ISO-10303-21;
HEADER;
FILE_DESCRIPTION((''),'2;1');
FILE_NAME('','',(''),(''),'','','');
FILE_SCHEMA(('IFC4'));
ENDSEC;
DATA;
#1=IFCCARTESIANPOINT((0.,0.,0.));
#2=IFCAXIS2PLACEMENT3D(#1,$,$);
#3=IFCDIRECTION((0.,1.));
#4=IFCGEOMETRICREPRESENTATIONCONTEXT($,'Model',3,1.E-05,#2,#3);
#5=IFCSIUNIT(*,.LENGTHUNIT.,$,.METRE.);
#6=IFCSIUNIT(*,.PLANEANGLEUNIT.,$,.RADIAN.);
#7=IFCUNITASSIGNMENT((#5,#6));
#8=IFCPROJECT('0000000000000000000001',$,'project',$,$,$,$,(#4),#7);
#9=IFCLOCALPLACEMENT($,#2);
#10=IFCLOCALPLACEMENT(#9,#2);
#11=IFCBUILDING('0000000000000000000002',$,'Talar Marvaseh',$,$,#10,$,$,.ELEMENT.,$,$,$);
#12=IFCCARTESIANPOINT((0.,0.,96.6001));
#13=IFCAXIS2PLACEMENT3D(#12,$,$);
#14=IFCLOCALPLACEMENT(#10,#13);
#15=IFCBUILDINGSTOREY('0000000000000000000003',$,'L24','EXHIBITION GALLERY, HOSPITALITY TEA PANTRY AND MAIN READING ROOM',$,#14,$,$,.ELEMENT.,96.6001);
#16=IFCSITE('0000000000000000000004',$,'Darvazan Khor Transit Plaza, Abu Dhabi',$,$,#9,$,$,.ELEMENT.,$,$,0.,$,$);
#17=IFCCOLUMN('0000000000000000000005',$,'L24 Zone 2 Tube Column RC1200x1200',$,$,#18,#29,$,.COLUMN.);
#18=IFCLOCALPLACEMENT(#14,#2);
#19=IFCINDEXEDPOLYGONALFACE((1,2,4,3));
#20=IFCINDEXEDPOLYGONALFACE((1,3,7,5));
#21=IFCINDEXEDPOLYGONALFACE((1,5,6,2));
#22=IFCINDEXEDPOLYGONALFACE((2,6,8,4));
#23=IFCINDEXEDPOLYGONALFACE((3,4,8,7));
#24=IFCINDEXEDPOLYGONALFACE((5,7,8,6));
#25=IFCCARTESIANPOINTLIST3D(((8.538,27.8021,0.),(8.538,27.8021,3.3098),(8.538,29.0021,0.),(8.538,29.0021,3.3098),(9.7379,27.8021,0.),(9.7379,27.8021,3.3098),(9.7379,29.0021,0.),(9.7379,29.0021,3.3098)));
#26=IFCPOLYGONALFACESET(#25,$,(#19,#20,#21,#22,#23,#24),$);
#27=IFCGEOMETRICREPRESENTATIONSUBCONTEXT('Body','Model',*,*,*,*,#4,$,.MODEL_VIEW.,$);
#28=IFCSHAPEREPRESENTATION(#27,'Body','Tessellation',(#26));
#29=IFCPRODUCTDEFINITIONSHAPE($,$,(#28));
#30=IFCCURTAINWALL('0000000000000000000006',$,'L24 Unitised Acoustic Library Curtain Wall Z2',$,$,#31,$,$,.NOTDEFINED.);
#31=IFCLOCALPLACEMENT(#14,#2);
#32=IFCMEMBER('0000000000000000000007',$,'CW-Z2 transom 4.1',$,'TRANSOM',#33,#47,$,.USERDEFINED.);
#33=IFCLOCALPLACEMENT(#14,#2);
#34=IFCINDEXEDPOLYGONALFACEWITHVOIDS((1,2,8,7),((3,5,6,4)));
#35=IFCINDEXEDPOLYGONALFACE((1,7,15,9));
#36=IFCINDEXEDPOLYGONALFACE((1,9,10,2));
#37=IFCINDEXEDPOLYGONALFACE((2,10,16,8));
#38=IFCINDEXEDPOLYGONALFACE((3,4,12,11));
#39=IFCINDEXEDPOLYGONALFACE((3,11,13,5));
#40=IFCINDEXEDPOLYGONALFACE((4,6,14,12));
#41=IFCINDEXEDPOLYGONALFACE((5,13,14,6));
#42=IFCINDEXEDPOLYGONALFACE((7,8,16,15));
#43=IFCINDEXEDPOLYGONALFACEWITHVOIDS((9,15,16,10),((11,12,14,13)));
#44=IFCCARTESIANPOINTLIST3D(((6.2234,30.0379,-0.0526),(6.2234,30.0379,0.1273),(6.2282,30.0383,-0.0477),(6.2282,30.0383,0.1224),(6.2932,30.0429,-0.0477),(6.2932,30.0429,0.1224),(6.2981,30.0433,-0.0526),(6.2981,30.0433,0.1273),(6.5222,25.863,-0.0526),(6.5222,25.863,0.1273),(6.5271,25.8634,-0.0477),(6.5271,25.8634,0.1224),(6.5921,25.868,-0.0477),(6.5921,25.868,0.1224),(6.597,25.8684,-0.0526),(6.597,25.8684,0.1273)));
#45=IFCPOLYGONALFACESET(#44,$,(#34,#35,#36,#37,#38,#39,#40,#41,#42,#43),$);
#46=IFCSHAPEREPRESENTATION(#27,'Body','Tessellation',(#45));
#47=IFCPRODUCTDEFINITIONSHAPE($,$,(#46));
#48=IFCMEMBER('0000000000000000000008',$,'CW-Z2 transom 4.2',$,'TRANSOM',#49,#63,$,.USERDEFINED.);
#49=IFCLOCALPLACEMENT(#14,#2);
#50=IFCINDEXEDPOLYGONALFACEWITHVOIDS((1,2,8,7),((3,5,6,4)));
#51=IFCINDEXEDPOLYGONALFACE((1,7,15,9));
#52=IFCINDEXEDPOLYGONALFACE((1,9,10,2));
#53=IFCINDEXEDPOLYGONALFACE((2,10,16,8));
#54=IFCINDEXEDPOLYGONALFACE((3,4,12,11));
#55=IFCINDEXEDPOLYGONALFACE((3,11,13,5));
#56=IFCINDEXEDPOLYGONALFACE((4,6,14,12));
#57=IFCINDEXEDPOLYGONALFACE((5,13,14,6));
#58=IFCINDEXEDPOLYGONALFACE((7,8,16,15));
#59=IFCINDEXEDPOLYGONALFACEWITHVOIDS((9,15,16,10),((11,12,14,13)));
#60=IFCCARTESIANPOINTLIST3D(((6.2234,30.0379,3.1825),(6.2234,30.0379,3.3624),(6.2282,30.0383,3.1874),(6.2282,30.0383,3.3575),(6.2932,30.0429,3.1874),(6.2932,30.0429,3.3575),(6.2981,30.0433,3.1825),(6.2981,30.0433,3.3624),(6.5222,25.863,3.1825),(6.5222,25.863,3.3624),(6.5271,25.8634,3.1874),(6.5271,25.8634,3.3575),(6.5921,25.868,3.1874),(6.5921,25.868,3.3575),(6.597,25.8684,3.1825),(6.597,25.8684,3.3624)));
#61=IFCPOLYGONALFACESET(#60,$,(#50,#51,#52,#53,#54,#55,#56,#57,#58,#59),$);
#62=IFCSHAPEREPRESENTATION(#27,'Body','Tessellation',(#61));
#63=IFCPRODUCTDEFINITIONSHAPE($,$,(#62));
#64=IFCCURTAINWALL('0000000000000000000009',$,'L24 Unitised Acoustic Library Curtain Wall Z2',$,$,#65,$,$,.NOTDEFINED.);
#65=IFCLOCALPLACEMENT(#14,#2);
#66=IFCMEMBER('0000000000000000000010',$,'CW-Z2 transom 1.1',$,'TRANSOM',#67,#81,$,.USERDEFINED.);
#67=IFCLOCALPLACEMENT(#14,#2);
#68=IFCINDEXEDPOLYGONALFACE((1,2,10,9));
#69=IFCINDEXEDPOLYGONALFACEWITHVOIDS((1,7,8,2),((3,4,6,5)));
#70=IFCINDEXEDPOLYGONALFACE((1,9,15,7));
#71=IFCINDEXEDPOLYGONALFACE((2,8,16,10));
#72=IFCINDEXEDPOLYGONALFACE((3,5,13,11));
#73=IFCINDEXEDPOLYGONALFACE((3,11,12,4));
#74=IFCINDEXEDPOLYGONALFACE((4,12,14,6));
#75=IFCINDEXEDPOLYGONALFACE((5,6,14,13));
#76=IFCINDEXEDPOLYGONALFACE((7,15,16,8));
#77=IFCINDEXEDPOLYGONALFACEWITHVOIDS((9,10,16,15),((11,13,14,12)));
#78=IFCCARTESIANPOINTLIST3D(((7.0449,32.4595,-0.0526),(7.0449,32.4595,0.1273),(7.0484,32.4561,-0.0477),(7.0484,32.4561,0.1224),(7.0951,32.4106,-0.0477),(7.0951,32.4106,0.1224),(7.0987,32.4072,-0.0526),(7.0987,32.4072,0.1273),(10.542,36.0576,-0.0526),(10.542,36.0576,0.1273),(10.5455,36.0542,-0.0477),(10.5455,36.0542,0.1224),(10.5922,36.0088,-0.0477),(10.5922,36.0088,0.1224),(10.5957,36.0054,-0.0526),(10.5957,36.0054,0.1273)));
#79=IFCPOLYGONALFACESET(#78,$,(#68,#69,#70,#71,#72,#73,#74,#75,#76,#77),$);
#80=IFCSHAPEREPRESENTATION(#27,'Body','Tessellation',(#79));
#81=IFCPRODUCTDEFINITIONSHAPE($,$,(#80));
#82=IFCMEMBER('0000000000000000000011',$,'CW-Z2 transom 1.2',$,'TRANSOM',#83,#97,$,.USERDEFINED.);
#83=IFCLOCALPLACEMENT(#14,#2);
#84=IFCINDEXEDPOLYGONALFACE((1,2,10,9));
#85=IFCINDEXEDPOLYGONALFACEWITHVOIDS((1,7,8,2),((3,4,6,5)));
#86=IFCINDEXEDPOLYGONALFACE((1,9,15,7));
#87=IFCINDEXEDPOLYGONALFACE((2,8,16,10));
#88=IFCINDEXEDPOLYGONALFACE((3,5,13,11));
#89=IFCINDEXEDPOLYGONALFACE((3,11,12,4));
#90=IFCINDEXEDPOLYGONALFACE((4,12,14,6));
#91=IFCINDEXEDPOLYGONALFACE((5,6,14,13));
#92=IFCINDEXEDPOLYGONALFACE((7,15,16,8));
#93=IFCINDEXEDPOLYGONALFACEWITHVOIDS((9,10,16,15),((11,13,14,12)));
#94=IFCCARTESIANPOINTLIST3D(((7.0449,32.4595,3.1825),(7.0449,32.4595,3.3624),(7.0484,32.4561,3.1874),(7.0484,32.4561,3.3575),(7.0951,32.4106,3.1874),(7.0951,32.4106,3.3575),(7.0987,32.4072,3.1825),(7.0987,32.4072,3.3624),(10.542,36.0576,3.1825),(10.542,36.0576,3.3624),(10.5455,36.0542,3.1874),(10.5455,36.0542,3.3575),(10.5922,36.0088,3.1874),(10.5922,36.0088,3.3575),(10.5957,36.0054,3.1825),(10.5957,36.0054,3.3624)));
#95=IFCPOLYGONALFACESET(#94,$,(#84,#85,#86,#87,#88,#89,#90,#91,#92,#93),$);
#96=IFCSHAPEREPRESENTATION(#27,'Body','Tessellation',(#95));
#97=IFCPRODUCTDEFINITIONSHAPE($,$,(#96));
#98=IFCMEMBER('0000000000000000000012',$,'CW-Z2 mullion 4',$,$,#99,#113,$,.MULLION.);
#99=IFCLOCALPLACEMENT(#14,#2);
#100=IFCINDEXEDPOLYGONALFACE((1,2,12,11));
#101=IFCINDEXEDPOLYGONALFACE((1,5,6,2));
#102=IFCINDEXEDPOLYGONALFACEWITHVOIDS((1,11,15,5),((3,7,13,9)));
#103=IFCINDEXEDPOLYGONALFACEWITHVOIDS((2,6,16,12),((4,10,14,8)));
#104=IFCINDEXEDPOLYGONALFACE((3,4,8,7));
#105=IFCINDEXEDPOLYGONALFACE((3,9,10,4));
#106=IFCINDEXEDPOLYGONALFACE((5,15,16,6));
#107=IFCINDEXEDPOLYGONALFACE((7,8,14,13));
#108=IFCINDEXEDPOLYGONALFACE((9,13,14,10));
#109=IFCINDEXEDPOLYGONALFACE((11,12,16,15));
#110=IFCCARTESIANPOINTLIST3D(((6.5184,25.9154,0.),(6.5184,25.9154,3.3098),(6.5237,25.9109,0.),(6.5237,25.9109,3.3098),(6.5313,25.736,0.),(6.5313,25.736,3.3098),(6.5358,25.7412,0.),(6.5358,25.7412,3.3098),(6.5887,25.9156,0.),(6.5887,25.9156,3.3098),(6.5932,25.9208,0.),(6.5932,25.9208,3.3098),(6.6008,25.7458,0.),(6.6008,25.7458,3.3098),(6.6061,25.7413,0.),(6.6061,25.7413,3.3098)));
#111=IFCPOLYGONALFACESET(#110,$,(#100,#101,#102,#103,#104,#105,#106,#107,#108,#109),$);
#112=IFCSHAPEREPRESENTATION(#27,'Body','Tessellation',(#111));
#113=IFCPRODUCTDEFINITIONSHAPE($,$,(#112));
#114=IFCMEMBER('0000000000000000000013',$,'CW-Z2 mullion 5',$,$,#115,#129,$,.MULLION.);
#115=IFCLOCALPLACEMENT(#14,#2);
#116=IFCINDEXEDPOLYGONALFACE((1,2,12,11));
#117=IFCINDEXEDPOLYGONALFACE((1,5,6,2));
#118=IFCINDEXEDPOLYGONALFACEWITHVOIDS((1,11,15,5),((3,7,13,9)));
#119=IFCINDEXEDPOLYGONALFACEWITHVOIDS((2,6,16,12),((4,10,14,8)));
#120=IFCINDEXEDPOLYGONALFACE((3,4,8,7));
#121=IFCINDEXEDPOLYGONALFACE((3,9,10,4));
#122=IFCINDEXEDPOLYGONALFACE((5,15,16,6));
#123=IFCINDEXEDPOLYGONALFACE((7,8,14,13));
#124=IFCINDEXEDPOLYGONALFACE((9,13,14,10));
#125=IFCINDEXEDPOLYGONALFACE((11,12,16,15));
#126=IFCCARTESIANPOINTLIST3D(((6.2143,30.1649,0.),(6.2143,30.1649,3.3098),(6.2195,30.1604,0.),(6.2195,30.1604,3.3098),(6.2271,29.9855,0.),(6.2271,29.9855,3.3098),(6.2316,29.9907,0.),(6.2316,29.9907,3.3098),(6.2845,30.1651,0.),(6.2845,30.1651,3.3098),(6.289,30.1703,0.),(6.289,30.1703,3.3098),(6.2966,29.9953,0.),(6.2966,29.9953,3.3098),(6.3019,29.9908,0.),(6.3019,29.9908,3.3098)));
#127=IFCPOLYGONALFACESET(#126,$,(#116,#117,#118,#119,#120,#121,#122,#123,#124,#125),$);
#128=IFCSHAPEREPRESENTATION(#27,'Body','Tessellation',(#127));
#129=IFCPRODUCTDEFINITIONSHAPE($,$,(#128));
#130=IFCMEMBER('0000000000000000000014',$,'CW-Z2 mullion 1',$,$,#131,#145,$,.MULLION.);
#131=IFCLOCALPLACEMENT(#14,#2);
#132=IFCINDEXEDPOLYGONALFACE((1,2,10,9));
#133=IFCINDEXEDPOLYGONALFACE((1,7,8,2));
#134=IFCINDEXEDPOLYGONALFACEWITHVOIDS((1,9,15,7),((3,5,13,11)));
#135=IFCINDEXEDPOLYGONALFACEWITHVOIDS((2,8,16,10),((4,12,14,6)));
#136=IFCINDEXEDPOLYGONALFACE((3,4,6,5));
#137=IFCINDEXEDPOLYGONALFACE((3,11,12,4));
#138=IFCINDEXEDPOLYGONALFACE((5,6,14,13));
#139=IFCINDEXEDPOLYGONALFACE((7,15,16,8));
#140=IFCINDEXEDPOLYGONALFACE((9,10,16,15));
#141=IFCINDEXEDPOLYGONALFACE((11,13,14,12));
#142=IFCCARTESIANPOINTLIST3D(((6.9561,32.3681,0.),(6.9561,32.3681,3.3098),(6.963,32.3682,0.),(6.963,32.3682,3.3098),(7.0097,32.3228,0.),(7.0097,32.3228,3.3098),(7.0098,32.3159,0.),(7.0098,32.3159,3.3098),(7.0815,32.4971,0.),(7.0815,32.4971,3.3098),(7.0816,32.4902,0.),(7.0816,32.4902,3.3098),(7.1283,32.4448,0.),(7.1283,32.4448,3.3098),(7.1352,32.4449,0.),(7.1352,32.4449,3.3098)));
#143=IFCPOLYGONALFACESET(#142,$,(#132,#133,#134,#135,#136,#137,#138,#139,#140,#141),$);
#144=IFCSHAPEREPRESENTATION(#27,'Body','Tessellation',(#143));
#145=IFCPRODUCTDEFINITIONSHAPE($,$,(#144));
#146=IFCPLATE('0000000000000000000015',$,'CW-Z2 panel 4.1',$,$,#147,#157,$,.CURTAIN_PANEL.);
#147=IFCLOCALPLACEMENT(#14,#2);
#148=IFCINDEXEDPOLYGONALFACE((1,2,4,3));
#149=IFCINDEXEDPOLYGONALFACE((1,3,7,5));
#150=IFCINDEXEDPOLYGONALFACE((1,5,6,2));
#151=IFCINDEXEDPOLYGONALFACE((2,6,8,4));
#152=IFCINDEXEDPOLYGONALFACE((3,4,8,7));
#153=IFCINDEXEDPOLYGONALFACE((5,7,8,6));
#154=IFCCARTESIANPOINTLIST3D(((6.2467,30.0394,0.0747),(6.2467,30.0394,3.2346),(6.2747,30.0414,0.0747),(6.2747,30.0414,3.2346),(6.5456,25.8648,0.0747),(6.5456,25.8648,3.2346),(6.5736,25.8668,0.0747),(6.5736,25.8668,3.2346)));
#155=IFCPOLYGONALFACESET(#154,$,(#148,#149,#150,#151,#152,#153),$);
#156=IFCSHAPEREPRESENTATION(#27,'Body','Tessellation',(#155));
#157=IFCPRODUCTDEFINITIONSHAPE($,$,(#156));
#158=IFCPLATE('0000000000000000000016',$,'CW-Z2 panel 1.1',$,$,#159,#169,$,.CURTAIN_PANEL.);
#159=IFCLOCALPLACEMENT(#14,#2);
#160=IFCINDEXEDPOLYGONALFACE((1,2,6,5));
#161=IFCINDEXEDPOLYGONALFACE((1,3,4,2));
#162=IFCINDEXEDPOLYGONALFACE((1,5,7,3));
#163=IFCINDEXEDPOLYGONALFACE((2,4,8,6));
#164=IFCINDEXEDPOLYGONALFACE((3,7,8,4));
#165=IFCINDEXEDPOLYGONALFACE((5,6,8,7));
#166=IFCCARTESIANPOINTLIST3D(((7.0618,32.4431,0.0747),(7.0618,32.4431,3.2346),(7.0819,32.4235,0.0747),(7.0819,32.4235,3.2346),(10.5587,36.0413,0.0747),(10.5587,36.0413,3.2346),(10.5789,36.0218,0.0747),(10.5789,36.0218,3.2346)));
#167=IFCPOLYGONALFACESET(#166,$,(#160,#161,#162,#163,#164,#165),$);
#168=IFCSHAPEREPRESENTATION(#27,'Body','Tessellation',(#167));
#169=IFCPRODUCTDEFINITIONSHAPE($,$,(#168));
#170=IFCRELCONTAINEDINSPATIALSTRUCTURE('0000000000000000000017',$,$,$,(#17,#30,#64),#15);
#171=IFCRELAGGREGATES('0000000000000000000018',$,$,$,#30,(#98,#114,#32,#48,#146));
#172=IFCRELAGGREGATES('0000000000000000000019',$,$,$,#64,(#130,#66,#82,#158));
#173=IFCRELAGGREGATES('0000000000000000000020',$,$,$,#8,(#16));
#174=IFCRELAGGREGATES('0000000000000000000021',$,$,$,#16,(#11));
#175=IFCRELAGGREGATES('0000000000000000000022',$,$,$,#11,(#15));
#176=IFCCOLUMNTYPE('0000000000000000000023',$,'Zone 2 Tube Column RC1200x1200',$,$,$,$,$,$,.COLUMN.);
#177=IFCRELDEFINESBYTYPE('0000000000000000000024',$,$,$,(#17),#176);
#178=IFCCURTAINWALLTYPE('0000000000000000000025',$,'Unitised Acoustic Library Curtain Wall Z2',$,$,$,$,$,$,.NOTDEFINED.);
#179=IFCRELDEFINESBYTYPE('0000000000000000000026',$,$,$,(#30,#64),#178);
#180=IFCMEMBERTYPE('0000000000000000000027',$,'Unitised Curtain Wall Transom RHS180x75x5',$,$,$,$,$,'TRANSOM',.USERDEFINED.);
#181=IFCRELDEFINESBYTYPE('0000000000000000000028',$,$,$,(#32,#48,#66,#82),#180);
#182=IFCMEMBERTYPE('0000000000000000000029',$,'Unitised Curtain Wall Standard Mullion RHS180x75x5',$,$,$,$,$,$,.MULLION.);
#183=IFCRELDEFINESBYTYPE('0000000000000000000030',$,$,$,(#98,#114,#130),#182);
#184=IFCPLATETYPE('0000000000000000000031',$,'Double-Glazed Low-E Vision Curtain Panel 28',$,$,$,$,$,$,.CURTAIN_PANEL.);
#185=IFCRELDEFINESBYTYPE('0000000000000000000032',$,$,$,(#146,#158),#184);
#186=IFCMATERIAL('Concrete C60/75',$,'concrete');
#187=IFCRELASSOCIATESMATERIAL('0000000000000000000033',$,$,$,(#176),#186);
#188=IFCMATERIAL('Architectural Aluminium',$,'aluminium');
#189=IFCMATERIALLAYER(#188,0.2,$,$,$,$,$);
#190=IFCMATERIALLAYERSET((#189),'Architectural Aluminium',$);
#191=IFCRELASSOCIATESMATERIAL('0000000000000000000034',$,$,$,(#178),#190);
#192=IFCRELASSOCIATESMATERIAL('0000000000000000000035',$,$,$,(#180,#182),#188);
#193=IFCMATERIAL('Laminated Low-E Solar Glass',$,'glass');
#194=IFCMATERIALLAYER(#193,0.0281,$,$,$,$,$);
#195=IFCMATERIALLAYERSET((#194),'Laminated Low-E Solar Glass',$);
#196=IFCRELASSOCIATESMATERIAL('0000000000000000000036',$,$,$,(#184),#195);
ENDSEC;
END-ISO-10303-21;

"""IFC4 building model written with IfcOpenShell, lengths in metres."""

from ifc_helpers import new_model, si_unit, direction, frame, origin, origin_2d, place, context, subcontext, project, spatial, rectangle, hollow_rectangle, extrude, source, transform, mapped, material, layer, layer_set, material_profile, profile_set, type_object, type_shapes, element, aggregate, save


model = new_model("IFC4")

# Units and contexts
model_context = context("Model", 3, precision=1e-05, world=origin(), true_north=direction((0.0, 1.0)))
body_context = subcontext(model_context, "Body", "Model", "MODEL_VIEW")
ifc_project = project(units=[si_unit("LENGTHUNIT", "METRE"), si_unit("PLANEANGLEUNIT", "RADIAN")], contexts=[model_context])

# Site, building, storey
site_placement = place(None, origin())
site = spatial("IfcSite", under=ifc_project, at=site_placement, Name="Darvazan Khor Transit Plaza, Abu Dhabi", CompositionType="ELEMENT", RefElevation=0.0)
building_placement = place(site_placement, origin())
building = spatial("IfcBuilding", under=site, at=building_placement, Name="Talar Marvaseh", CompositionType="ELEMENT")
storey_placement = place(building_placement, frame((0.0, 0.0, 96.6001)))
storey = spatial("IfcBuildingStorey", under=building, at=storey_placement, Name="L24", Description="EXHIBITION GALLERY, HOSPITALITY TEA PANTRY AND MAIN READING ROOM", CompositionType="ELEMENT", Elevation=96.6001)

# Column
ifc_material_1 = material(Name="Concrete C60/75", Category="concrete")
ifc_material_profile_1 = material_profile(ifc_material_1, rectangle(XDim=1.2, YDim=1.2, at=origin_2d()), Name="RC1200x1200")
ifc_profile_set_1 = profile_set([ifc_material_profile_1], Name="Concrete C60/75")
column_type = type_object("IfcColumnType", Name="Zone 2 Tube Column RC1200x1200", PredefinedType="COLUMN", material=ifc_profile_set_1)
column_placement = place(storey_placement, frame((9.1379, 28.4021, 0.0), z_axis=(0.0, 0.0, 1.0), x_axis=(1.0, 0.0, 0.0)))
element("IfcColumn", 1, at=column_placement, inside=storey, type_object=column_type, Name="L24 Zone 2 Tube Column RC1200x1200", PredefinedType="COLUMN", context=body_context, shape_type="SweptSolid", body=[
    extrude(rectangle(XDim=1.2, YDim=1.2, at=origin_2d()), origin(), (0.0, 0.0, 1.0), 3.3098),
])

# Curtain walls, members
ifc_material_2 = material(Name="Architectural Aluminium", Category="aluminium")
ifc_layer_1 = layer(ifc_material_2, 0.2)
ifc_layer_set_1 = layer_set([ifc_layer_1], Name="Architectural Aluminium")
curtain_wall_type = type_object("IfcCurtainWallType", Name="Unitised Acoustic Library Curtain Wall Z2", PredefinedType="NOTDEFINED", material=ifc_layer_set_1)
curtain_wall_1_placement = place(storey_placement, origin())
curtain_wall_1 = element("IfcCurtainWall", 2, at=curtain_wall_1_placement, inside=storey, type_object=curtain_wall_type, Name="L24 Unitised Acoustic Library Curtain Wall Z2", PredefinedType="NOTDEFINED")
ifc_material_profile_2 = material_profile(ifc_material_2, hollow_rectangle(XDim=0.075, YDim=0.1799, WallThickness=0.0049, at=origin_2d()), Name="RHS180x75x5")
ifc_profile_set_2 = profile_set([ifc_material_profile_2], Name="Architectural Aluminium")
member_type_1 = type_object("IfcMemberType", Name="Unitised Curtain Wall Transom RHS180x75x5", ElementType="TRANSOM", PredefinedType="USERDEFINED", material=ifc_profile_set_2)
shared_shape_1 = source(origin(), body_context, "Body", "SweptSolid", [
    extrude(hollow_rectangle(XDim=0.075, YDim=0.1799, WallThickness=0.0049, at=origin_2d()), origin(), (0.0, 0.0, 1.0), 4.1855),
])
member_1_placement = place(storey_placement, frame((6.5596, 25.8657, 0.0374), z_axis=(-0.071396, 0.997448, 0.0), x_axis=(-0.997448, -0.071396, 0.0)))
member_1 = element("IfcMember", 3, at=member_1_placement, type_object=member_type_1, Name="CW-Z2 transom 4.1", ObjectType="TRANSOM", PredefinedType="USERDEFINED", context=body_context, shape_type="MappedRepresentation", body=[
    mapped(shared_shape_1, transform((0.0, 0.0, 0.0), x_axis=(1.0, 0.0, 0.0), y_axis=(0.0, 1.0, 0.0), z_axis=(0.0, 0.0, 1.0), scale=1.0)),
])
member_2_placement = place(storey_placement, frame((6.5596, 25.8657, 3.2725), z_axis=(-0.071396, 0.997448, 0.0), x_axis=(-0.997448, -0.071396, 0.0)))
member_2 = element("IfcMember", 4, at=member_2_placement, type_object=member_type_1, Name="CW-Z2 transom 4.2", ObjectType="TRANSOM", PredefinedType="USERDEFINED", context=body_context, shape_type="MappedRepresentation", body=[
    mapped(shared_shape_1, transform((0.0, 0.0, 0.0), x_axis=(1.0, 0.0, 0.0), y_axis=(0.0, 1.0, 0.0), z_axis=(0.0, 0.0, 1.0), scale=1.0)),
])
curtain_wall_2_placement = place(storey_placement, origin())
curtain_wall_2 = element("IfcCurtainWall", 5, at=curtain_wall_2_placement, inside=storey, type_object=curtain_wall_type, Name="L24 Unitised Acoustic Library Curtain Wall Z2", PredefinedType="NOTDEFINED")
shared_shape_2 = source(origin(), body_context, "Body", "SweptSolid", [
    extrude(hollow_rectangle(XDim=0.075, YDim=0.1799, WallThickness=0.0049, at=origin_2d()), origin(), (0.0, 0.0, 1.0), 5.0176),
])
type_shapes(member_type_1, [shared_shape_1, shared_shape_2])
member_3_placement = place(storey_placement, frame((7.0718, 32.4333, 0.0374), z_axis=(0.696963, 0.717107, 0.0), x_axis=(-0.717107, 0.696963, 0.0)))
member_3 = element("IfcMember", 6, at=member_3_placement, type_object=member_type_1, Name="CW-Z2 transom 1.1", ObjectType="TRANSOM", PredefinedType="USERDEFINED", context=body_context, shape_type="MappedRepresentation", body=[
    mapped(shared_shape_2, transform((0.0, 0.0, 0.0), x_axis=(1.0, 0.0, 0.0), y_axis=(0.0, 1.0, 0.0), z_axis=(0.0, 0.0, 1.0), scale=1.0)),
])
member_4_placement = place(storey_placement, frame((7.0718, 32.4333, 3.2725), z_axis=(0.696963, 0.717107, 0.0), x_axis=(-0.717107, 0.696963, 0.0)))
member_4 = element("IfcMember", 7, at=member_4_placement, type_object=member_type_1, Name="CW-Z2 transom 1.2", ObjectType="TRANSOM", PredefinedType="USERDEFINED", context=body_context, shape_type="MappedRepresentation", body=[
    mapped(shared_shape_2, transform((0.0, 0.0, 0.0), x_axis=(1.0, 0.0, 0.0), y_axis=(0.0, 1.0, 0.0), z_axis=(0.0, 0.0, 1.0), scale=1.0)),
])

# Members
ifc_material_profile_3 = material_profile(ifc_material_2, hollow_rectangle(XDim=0.075, YDim=0.1799, WallThickness=0.0049, at=origin_2d()), Name="RHS180x75x5")
ifc_profile_set_3 = profile_set([ifc_material_profile_3], Name="Architectural Aluminium")
member_type_2 = type_object("IfcMemberType", Name="Unitised Curtain Wall Standard Mullion RHS180x75x5", PredefinedType="MULLION", material=ifc_profile_set_3)
shared_shape_3 = source(origin(), body_context, "Body", "SweptSolid", [
    extrude(hollow_rectangle(XDim=0.075, YDim=0.1799, WallThickness=0.0049, at=origin_2d()), origin(), (0.0, 0.0, 1.0), 3.3098),
])
type_shapes(member_type_2, [shared_shape_3])
member_5_placement = place(storey_placement, frame((6.5623, 25.8284, 0.0), z_axis=(0.0, 0.0, 1.0), x_axis=(-0.997446, -0.07143, 0.0)))
member_5 = element("IfcMember", 8, at=member_5_placement, type_object=member_type_2, Name="CW-Z2 mullion 4", PredefinedType="MULLION", context=body_context, shape_type="MappedRepresentation", body=[
    mapped(shared_shape_3, transform((0.0, 0.0, 0.0), x_axis=(1.0, 0.0, 0.0), y_axis=(0.0, 1.0, 0.0), z_axis=(0.0, 0.0, 1.0), scale=1.0)),
])
member_6_placement = place(storey_placement, frame((6.2581, 30.0779, 0.0), z_axis=(0.0, 0.0, 1.0), x_axis=(-0.997446, -0.07143, 0.0)))
member_6 = element("IfcMember", 9, at=member_6_placement, type_object=member_type_2, Name="CW-Z2 mullion 5", PredefinedType="MULLION", context=body_context, shape_type="MappedRepresentation", body=[
    mapped(shared_shape_3, transform((0.0, 0.0, 0.0), x_axis=(1.0, 0.0, 0.0), y_axis=(0.0, 1.0, 0.0), z_axis=(0.0, 0.0, 1.0), scale=1.0)),
])
member_7_placement = place(storey_placement, frame((7.0457, 32.4065, 0.0), z_axis=(0.0, 0.0, 1.0), x_axis=(-0.717126, 0.696944, 0.0)))
member_7 = element("IfcMember", 10, at=member_7_placement, type_object=member_type_2, Name="CW-Z2 mullion 1", PredefinedType="MULLION", context=body_context, shape_type="MappedRepresentation", body=[
    mapped(shared_shape_3, transform((0.0, 0.0, 0.0), x_axis=(1.0, 0.0, 0.0), y_axis=(0.0, 1.0, 0.0), z_axis=(0.0, 0.0, 1.0), scale=1.0)),
])

# Plates
ifc_material_3 = material(Name="Laminated Low-E Solar Glass", Category="glass")
ifc_layer_2 = layer(ifc_material_3, 0.0281)
ifc_layer_set_2 = layer_set([ifc_layer_2], Name="Laminated Low-E Solar Glass")
plate_type = type_object("IfcPlateType", Name="Double-Glazed Low-E Vision Curtain Panel 28", PredefinedType="CURTAIN_PANEL", material=ifc_layer_set_2)
shared_shape_4 = source(origin(), body_context, "Body", "SweptSolid", [
    extrude(rectangle(XDim=4.1853, YDim=0.0281, at=origin_2d()), origin(), (0.0, 0.0, 1.0), 3.1599),
])
plate_1_placement = place(storey_placement, frame((6.4102, 27.9531, 0.0747), z_axis=(0.0, 0.0, 1.0), x_axis=(-0.07143, 0.997446, 0.0)))
plate_1 = element("IfcPlate", 11, at=plate_1_placement, type_object=plate_type, Name="CW-Z2 panel 4.1", PredefinedType="CURTAIN_PANEL", context=body_context, shape_type="MappedRepresentation", body=[
    mapped(shared_shape_4, transform((0.0, 0.0, 0.0), x_axis=(1.0, 0.0, 0.0), y_axis=(0.0, 1.0, 0.0), z_axis=(0.0, 0.0, 1.0), scale=1.0)),
])
aggregate(curtain_wall_1, [member_5, member_6, member_1, member_2, plate_1])
shared_shape_5 = source(origin(), body_context, "Body", "SweptSolid", [
    extrude(rectangle(XDim=5.0176, YDim=0.0281, at=origin_2d()), origin(), (0.0, 0.0, 1.0), 3.1599),
])
type_shapes(plate_type, [shared_shape_4, shared_shape_5])
plate_2_placement = place(storey_placement, frame((8.8203, 34.2324, 0.0747), z_axis=(0.0, 0.0, 1.0), x_axis=(0.696944, 0.717126, 0.0)))
plate_2 = element("IfcPlate", 12, at=plate_2_placement, type_object=plate_type, Name="CW-Z2 panel 1.1", PredefinedType="CURTAIN_PANEL", context=body_context, shape_type="MappedRepresentation", body=[
    mapped(shared_shape_5, transform((0.0, 0.0, 0.0), x_axis=(1.0, 0.0, 0.0), y_axis=(0.0, 1.0, 0.0), z_axis=(0.0, 0.0, 1.0), scale=1.0)),
])
aggregate(curtain_wall_2, [member_7, member_3, member_4, plate_2])

save(model, "model.ifc")
